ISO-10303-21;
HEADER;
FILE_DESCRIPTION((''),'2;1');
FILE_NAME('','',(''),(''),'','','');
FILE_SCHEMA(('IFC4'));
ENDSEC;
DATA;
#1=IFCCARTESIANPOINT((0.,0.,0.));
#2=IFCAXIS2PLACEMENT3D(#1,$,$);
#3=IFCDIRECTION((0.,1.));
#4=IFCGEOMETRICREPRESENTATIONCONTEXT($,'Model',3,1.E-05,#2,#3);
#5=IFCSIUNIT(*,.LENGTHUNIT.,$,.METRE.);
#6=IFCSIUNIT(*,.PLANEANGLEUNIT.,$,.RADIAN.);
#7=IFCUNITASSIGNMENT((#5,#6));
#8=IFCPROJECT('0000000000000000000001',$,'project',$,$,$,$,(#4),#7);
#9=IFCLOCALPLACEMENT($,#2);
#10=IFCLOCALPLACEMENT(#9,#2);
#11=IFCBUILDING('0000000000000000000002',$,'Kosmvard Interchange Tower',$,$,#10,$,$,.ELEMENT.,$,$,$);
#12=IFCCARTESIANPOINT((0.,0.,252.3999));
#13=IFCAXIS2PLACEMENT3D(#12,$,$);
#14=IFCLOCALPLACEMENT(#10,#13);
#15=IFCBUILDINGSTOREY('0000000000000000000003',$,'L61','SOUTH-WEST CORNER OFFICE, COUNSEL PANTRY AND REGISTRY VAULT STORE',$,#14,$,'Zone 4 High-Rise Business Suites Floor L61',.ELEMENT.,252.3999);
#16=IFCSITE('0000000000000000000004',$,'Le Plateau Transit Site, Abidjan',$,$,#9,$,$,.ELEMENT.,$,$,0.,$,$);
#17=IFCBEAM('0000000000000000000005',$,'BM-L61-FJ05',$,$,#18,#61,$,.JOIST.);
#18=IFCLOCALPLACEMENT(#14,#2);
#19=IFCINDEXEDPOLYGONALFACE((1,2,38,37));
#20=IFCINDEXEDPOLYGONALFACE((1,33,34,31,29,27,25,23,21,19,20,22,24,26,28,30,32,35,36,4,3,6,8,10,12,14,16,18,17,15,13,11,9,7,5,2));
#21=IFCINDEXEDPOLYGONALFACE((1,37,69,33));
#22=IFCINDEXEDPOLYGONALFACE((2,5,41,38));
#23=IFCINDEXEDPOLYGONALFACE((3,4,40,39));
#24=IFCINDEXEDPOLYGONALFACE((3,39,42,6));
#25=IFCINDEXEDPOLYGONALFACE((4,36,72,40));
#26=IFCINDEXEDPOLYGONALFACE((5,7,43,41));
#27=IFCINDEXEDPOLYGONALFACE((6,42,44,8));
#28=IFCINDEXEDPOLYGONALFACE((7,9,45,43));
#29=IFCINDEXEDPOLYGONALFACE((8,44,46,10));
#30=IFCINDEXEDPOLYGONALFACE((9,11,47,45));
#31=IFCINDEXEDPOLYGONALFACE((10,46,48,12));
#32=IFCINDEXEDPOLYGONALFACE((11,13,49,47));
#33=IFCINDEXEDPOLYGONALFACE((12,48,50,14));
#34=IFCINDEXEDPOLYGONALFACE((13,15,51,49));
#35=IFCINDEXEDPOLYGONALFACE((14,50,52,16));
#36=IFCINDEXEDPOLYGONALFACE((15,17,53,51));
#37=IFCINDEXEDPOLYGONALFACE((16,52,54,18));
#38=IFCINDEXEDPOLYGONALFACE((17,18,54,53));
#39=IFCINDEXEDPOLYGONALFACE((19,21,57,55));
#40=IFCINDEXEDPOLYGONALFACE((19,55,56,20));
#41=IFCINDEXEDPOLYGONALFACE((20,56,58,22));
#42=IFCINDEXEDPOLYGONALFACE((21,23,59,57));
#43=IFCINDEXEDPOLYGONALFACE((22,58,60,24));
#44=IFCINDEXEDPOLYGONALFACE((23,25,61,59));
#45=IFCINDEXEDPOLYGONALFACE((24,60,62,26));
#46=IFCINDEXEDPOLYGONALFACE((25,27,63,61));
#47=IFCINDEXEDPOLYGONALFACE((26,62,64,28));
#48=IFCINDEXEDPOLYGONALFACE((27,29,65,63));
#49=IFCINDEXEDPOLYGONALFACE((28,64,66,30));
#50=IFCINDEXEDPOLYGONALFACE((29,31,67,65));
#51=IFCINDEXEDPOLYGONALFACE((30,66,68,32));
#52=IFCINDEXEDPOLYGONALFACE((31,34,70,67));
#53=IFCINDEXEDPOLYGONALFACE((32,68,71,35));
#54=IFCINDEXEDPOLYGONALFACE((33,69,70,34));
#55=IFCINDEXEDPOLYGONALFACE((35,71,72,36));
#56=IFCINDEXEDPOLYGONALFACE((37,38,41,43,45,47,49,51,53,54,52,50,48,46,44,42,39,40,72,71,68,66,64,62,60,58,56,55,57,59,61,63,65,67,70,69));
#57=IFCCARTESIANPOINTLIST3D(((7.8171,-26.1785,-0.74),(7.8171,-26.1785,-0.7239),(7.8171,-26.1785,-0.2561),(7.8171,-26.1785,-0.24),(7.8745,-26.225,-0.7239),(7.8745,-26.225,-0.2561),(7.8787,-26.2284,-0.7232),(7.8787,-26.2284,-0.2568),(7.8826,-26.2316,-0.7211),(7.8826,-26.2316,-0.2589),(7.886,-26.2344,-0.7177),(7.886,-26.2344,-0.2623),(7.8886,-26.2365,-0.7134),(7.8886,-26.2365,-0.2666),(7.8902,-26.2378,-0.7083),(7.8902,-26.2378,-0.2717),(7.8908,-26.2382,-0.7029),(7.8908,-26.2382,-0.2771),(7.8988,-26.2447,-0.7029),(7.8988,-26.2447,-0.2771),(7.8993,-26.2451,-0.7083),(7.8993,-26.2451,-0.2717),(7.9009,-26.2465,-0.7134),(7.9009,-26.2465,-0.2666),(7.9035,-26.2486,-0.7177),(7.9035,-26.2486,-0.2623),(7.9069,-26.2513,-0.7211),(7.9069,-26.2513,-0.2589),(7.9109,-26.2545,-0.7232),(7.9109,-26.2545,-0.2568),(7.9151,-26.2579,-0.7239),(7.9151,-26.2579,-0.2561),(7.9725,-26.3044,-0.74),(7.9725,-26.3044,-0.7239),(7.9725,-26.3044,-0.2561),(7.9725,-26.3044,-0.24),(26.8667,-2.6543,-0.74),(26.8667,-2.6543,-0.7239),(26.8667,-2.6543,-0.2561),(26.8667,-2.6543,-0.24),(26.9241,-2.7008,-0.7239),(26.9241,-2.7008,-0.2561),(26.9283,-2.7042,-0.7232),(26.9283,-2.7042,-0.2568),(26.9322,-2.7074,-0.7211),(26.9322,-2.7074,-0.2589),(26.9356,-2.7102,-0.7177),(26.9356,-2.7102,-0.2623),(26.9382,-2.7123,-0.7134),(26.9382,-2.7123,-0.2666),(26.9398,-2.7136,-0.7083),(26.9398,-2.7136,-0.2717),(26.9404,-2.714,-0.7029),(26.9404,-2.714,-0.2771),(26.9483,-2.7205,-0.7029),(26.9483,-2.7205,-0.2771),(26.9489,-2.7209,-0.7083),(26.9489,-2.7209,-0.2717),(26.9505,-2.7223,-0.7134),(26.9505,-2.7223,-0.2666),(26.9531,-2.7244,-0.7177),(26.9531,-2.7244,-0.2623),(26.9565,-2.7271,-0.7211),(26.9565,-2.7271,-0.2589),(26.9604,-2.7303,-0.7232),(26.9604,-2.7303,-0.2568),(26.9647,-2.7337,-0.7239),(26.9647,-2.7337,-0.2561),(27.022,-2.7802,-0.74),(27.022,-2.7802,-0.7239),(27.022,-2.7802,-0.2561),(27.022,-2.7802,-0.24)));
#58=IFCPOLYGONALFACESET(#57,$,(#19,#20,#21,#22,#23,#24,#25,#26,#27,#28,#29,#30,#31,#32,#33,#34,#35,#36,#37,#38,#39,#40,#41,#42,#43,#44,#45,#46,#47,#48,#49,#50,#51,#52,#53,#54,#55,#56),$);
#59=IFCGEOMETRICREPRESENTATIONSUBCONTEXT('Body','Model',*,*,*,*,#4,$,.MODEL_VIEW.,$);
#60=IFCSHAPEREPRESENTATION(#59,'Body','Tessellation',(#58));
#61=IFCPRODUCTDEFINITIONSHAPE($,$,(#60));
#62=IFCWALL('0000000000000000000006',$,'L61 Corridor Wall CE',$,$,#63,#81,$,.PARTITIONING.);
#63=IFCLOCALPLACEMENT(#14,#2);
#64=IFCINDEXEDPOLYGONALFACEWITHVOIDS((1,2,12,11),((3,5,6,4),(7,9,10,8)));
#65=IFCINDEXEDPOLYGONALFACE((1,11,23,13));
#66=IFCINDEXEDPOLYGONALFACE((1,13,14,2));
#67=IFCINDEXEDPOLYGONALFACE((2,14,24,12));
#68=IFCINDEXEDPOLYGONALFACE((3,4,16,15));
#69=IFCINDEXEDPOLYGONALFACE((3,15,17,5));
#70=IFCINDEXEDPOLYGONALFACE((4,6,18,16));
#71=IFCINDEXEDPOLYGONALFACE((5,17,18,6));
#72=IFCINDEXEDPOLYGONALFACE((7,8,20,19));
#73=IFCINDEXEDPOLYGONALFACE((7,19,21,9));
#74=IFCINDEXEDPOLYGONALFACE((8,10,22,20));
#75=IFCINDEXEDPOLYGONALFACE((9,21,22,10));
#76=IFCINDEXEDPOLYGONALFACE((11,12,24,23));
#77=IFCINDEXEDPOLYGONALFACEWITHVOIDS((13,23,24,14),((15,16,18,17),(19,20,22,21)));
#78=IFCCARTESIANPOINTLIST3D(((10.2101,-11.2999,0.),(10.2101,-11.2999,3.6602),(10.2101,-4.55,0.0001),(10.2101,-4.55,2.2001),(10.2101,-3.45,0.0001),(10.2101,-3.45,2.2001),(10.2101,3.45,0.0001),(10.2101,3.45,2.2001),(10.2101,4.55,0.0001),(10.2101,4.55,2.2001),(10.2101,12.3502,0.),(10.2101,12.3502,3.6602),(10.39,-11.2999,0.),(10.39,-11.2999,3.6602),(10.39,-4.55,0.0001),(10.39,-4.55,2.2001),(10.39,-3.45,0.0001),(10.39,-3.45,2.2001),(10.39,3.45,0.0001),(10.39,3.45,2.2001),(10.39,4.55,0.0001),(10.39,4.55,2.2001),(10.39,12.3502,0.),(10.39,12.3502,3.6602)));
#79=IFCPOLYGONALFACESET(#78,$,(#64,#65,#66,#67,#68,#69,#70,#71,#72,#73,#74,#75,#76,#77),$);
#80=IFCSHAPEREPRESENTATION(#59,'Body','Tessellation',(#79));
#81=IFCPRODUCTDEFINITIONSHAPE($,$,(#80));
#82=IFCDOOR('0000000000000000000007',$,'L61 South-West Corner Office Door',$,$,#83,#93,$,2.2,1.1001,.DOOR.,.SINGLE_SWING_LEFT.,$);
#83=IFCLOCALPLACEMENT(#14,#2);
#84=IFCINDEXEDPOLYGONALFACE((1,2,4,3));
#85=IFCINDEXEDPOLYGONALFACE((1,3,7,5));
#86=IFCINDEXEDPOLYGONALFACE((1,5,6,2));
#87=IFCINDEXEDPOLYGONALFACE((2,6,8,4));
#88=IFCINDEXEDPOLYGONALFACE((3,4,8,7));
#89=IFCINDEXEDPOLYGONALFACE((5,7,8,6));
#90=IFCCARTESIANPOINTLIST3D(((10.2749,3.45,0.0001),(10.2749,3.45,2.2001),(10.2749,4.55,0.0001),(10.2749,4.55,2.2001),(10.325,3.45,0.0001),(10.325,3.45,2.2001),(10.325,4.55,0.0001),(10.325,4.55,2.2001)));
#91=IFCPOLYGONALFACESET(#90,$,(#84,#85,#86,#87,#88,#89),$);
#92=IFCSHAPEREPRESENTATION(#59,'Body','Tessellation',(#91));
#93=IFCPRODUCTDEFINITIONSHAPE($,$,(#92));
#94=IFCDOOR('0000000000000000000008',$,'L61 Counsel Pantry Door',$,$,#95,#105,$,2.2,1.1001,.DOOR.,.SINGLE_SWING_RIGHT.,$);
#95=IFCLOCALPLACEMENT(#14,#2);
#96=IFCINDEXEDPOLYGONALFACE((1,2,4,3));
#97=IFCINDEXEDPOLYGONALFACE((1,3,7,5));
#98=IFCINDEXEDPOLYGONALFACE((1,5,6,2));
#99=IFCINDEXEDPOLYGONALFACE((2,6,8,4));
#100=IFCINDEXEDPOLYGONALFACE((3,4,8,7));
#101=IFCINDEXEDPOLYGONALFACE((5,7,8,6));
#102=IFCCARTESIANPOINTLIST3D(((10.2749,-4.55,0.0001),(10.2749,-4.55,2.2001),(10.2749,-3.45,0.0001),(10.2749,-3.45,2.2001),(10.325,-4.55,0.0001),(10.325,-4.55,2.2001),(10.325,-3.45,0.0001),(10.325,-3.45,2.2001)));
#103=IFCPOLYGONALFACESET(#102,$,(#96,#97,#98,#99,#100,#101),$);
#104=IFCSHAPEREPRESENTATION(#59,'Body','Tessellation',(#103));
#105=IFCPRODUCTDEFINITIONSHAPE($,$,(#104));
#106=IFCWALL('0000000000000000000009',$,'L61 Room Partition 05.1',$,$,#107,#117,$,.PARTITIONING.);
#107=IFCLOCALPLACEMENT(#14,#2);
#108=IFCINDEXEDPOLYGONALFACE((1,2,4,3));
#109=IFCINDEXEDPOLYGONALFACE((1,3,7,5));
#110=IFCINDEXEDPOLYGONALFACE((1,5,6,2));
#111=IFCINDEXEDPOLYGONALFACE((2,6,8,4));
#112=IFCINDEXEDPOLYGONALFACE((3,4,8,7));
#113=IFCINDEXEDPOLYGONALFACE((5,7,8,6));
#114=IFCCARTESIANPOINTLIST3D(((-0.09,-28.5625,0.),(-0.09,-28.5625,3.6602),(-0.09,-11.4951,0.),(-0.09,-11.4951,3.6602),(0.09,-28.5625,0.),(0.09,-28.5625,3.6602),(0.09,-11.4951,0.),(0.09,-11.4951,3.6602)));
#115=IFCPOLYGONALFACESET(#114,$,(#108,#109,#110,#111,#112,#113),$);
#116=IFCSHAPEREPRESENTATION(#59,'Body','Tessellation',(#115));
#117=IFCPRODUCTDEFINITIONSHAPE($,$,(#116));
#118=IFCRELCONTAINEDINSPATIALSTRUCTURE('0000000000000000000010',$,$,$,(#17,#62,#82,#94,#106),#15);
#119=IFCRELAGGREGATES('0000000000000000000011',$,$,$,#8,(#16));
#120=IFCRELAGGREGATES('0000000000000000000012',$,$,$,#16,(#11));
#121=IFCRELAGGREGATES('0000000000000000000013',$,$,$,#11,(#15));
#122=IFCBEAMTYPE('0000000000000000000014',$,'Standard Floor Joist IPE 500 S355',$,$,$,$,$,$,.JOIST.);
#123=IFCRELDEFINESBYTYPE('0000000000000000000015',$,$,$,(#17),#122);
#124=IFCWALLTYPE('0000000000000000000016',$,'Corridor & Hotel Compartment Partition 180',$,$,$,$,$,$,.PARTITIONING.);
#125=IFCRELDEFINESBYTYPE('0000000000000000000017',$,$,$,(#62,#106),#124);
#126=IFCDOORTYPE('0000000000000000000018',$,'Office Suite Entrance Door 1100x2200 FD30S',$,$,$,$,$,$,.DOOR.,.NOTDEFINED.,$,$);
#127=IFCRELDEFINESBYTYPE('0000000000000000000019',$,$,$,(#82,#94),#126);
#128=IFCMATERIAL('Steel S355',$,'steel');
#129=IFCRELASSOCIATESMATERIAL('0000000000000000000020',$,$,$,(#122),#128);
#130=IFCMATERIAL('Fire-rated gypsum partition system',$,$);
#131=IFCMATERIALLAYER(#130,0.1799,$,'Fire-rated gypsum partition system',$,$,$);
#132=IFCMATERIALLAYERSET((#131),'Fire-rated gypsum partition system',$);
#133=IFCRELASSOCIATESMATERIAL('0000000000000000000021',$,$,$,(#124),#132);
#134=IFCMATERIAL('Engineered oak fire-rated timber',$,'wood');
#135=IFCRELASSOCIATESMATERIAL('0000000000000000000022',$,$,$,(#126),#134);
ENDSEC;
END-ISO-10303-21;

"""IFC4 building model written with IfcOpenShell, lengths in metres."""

from ifc_helpers import new_model, si_unit, direction, frame, frame_2d, origin, origin_2d, place, context, subcontext, project, spatial, rectangle, i_section, extrude, source, transform, mapped, material, layer, layer_set, material_profile, profile_set, type_object, element, fill, save


model = new_model("IFC4")

# Units and contexts
model_context = context("Model", 3, precision=1e-05, world=origin(), true_north=direction((0.0, 1.0)))
body_context = subcontext(model_context, "Body", "Model", "MODEL_VIEW")
ifc_project = project(units=[si_unit("LENGTHUNIT", "METRE"), si_unit("PLANEANGLEUNIT", "RADIAN")], contexts=[model_context])

# Site, building, storey
site_placement = place(None, origin())
site = spatial("IfcSite", under=ifc_project, at=site_placement, Name="Le Plateau Transit Site, Abidjan", CompositionType="ELEMENT", RefElevation=0.0)
building_placement = place(site_placement, origin())
building = spatial("IfcBuilding", under=site, at=building_placement, Name="Kosmvard Interchange Tower", CompositionType="ELEMENT")
storey_placement = place(building_placement, frame((0.0, 0.0, 252.3999)))
storey = spatial("IfcBuildingStorey", under=building, at=storey_placement, Name="L61", Description="SOUTH-WEST CORNER OFFICE, COUNSEL PANTRY AND REGISTRY VAULT STORE", LongName="Zone 4 High-Rise Business Suites Floor L61", CompositionType="ELEMENT", Elevation=252.3999)

# Beam
ifc_material_1 = material(Name="Steel S355", Category="steel")
ifc_material_profile_1 = material_profile(ifc_material_1, i_section(OverallWidth=0.2, OverallDepth=0.5, WebThickness=0.0103, FlangeThickness=0.0161, FilletRadius=0.021, at=origin_2d()), Name="IPE 500")
ifc_profile_set_1 = profile_set([ifc_material_profile_1], Name="Steel S355")
beam_type_1 = type_object("IfcBeamType", Name="Standard Floor Joist IPE 500 S355", PredefinedType="JOIST", material=ifc_profile_set_1)
shared_shape_1 = source(origin(), body_context, "Body", "SweptSolid", [
    extrude(i_section(OverallWidth=0.2, OverallDepth=0.5, WebThickness=0.0103, FlangeThickness=0.0161, FilletRadius=0.021, at=origin_2d()), origin(), (0.0, 0.0, 1.0), 30.27),
])
beam_1_placement = place(storey_placement, frame((7.8948, -26.2415, -0.49), z_axis=(0.629322, 0.777145, 0.0), x_axis=(-0.777145, 0.629322, 0.0)))
element("IfcBeam", 1, at=beam_1_placement, inside=storey, type_object=beam_type_1, Name="BM-L61-FJ05", PredefinedType="JOIST", context=body_context, shape_type="MappedRepresentation", body=[
    mapped(shared_shape_1, transform((0.0, 0.0, 0.0), scale=1.0)),
])

# Wall, openings, doors
ifc_material_2 = material(Name="Fire-rated gypsum partition system")
ifc_layer_1 = layer(ifc_material_2, 0.1799, Name="Fire-rated gypsum partition system")
ifc_layer_set_1 = layer_set([ifc_layer_1], Name="Fire-rated gypsum partition system")
wall_type_1 = type_object("IfcWallType", Name="Corridor & Hotel Compartment Partition 180", PredefinedType="PARTITIONING", material=ifc_layer_set_1)
wall_1_placement = place(storey_placement, frame((10.3, -11.3, 0.0), z_axis=(0.0, 0.0, 1.0), x_axis=(0.0, 1.0, 0.0)))
wall_1 = element("IfcWall", 2, at=wall_1_placement, inside=storey, type_object=wall_type_1, Name="L61 Corridor Wall CE", PredefinedType="PARTITIONING", context=body_context, shape_type="SweptSolid", body=[
    extrude(rectangle(XDim=23.6501, YDim=0.1799, at=frame_2d((11.8252, 0.0))), origin(), (0.0, 0.0, 1.0), 3.6602),
])
opening_1_placement = place(wall_1_placement, frame((14.75, 0.0, 0.0)))
opening_1 = element("IfcOpeningElement", 3, at=opening_1_placement, cuts=wall_1, PredefinedType="OPENING", context=body_context, shape_type="SweptSolid", body=[
    extrude(rectangle(XDim=1.1001, YDim=2.2, at=frame_2d((0.55, 1.1001))), frame((0.0, 0.1001, 0.0), z_axis=(0.0, -1.0, 0.0), x_axis=(1.0, 0.0, 0.0)), (0.0, 0.0, 1.0), 0.2),
])
opening_2_placement = place(wall_1_placement, frame((6.75, 0.0, 0.0)))
opening_2 = element("IfcOpeningElement", 4, at=opening_2_placement, cuts=wall_1, PredefinedType="OPENING", context=body_context, shape_type="SweptSolid", body=[
    extrude(rectangle(XDim=1.1001, YDim=2.2, at=frame_2d((0.55, 1.1001))), frame((0.0, 0.1001, 0.0), z_axis=(0.0, -1.0, 0.0), x_axis=(1.0, 0.0, 0.0)), (0.0, 0.0, 1.0), 0.2),
])
ifc_material_3 = material(Name="Engineered oak fire-rated timber", Category="wood")
door_type = type_object("IfcDoorType", Name="Office Suite Entrance Door 1100x2200 FD30S", OperationType="NOTDEFINED", PredefinedType="DOOR", material=ifc_material_3)
shared_shape_2 = source(origin(), body_context, "Body", "SweptSolid", [
    extrude(rectangle(XDim=1.1001, YDim=2.2, at=frame_2d((0.55, 1.1001))), frame((0.0, 0.0249, 0.0), z_axis=(0.0, -1.0, 0.0), x_axis=(1.0, 0.0, 0.0)), (0.0, 0.0, 1.0), 0.05),
])
door_1_placement = place(opening_1_placement, frame((1.1001, 0.0, 0.0), z_axis=(0.0, 0.0, 1.0), x_axis=(-1.0, 0.0, 0.0)))
door_1 = element("IfcDoor", 5, at=door_1_placement, inside=storey, type_object=door_type, Name="L61 South-West Corner Office Door", OperationType="SINGLE_SWING_LEFT", OverallHeight=2.2, OverallWidth=1.1001, PredefinedType="DOOR", context=body_context, shape_type="MappedRepresentation", body=[
    mapped(shared_shape_2, transform((0.0, 0.0, 0.0), scale=1.0)),
])
fill(opening_1, door_1)
door_2_placement = place(opening_2_placement, frame((1.1001, 0.0, 0.0), z_axis=(0.0, 0.0, 1.0), x_axis=(-1.0, 0.0, 0.0)))
door_2 = element("IfcDoor", 6, at=door_2_placement, inside=storey, type_object=door_type, Name="L61 Counsel Pantry Door", OperationType="SINGLE_SWING_RIGHT", OverallHeight=2.2, OverallWidth=1.1001, PredefinedType="DOOR", context=body_context, shape_type="MappedRepresentation", body=[
    mapped(shared_shape_2, transform((0.0, 0.0, 0.0), scale=1.0)),
])
fill(opening_2, door_2)

# Wall
wall_2_placement = place(storey_placement, frame((0.0, -11.4951, 0.0), z_axis=(0.0, 0.0, 1.0), x_axis=(0.0, -1.0, 0.0)))
element("IfcWall", 7, at=wall_2_placement, inside=storey, type_object=wall_type_1, Name="L61 Room Partition 05.1", PredefinedType="PARTITIONING", context=body_context, shape_type="SweptSolid", body=[
    extrude(rectangle(XDim=17.0674, YDim=0.1799, at=frame_2d((8.5337, 0.0))), origin(), (0.0, 0.0, 1.0), 3.6602),
])

save(model, "model.ifc")
